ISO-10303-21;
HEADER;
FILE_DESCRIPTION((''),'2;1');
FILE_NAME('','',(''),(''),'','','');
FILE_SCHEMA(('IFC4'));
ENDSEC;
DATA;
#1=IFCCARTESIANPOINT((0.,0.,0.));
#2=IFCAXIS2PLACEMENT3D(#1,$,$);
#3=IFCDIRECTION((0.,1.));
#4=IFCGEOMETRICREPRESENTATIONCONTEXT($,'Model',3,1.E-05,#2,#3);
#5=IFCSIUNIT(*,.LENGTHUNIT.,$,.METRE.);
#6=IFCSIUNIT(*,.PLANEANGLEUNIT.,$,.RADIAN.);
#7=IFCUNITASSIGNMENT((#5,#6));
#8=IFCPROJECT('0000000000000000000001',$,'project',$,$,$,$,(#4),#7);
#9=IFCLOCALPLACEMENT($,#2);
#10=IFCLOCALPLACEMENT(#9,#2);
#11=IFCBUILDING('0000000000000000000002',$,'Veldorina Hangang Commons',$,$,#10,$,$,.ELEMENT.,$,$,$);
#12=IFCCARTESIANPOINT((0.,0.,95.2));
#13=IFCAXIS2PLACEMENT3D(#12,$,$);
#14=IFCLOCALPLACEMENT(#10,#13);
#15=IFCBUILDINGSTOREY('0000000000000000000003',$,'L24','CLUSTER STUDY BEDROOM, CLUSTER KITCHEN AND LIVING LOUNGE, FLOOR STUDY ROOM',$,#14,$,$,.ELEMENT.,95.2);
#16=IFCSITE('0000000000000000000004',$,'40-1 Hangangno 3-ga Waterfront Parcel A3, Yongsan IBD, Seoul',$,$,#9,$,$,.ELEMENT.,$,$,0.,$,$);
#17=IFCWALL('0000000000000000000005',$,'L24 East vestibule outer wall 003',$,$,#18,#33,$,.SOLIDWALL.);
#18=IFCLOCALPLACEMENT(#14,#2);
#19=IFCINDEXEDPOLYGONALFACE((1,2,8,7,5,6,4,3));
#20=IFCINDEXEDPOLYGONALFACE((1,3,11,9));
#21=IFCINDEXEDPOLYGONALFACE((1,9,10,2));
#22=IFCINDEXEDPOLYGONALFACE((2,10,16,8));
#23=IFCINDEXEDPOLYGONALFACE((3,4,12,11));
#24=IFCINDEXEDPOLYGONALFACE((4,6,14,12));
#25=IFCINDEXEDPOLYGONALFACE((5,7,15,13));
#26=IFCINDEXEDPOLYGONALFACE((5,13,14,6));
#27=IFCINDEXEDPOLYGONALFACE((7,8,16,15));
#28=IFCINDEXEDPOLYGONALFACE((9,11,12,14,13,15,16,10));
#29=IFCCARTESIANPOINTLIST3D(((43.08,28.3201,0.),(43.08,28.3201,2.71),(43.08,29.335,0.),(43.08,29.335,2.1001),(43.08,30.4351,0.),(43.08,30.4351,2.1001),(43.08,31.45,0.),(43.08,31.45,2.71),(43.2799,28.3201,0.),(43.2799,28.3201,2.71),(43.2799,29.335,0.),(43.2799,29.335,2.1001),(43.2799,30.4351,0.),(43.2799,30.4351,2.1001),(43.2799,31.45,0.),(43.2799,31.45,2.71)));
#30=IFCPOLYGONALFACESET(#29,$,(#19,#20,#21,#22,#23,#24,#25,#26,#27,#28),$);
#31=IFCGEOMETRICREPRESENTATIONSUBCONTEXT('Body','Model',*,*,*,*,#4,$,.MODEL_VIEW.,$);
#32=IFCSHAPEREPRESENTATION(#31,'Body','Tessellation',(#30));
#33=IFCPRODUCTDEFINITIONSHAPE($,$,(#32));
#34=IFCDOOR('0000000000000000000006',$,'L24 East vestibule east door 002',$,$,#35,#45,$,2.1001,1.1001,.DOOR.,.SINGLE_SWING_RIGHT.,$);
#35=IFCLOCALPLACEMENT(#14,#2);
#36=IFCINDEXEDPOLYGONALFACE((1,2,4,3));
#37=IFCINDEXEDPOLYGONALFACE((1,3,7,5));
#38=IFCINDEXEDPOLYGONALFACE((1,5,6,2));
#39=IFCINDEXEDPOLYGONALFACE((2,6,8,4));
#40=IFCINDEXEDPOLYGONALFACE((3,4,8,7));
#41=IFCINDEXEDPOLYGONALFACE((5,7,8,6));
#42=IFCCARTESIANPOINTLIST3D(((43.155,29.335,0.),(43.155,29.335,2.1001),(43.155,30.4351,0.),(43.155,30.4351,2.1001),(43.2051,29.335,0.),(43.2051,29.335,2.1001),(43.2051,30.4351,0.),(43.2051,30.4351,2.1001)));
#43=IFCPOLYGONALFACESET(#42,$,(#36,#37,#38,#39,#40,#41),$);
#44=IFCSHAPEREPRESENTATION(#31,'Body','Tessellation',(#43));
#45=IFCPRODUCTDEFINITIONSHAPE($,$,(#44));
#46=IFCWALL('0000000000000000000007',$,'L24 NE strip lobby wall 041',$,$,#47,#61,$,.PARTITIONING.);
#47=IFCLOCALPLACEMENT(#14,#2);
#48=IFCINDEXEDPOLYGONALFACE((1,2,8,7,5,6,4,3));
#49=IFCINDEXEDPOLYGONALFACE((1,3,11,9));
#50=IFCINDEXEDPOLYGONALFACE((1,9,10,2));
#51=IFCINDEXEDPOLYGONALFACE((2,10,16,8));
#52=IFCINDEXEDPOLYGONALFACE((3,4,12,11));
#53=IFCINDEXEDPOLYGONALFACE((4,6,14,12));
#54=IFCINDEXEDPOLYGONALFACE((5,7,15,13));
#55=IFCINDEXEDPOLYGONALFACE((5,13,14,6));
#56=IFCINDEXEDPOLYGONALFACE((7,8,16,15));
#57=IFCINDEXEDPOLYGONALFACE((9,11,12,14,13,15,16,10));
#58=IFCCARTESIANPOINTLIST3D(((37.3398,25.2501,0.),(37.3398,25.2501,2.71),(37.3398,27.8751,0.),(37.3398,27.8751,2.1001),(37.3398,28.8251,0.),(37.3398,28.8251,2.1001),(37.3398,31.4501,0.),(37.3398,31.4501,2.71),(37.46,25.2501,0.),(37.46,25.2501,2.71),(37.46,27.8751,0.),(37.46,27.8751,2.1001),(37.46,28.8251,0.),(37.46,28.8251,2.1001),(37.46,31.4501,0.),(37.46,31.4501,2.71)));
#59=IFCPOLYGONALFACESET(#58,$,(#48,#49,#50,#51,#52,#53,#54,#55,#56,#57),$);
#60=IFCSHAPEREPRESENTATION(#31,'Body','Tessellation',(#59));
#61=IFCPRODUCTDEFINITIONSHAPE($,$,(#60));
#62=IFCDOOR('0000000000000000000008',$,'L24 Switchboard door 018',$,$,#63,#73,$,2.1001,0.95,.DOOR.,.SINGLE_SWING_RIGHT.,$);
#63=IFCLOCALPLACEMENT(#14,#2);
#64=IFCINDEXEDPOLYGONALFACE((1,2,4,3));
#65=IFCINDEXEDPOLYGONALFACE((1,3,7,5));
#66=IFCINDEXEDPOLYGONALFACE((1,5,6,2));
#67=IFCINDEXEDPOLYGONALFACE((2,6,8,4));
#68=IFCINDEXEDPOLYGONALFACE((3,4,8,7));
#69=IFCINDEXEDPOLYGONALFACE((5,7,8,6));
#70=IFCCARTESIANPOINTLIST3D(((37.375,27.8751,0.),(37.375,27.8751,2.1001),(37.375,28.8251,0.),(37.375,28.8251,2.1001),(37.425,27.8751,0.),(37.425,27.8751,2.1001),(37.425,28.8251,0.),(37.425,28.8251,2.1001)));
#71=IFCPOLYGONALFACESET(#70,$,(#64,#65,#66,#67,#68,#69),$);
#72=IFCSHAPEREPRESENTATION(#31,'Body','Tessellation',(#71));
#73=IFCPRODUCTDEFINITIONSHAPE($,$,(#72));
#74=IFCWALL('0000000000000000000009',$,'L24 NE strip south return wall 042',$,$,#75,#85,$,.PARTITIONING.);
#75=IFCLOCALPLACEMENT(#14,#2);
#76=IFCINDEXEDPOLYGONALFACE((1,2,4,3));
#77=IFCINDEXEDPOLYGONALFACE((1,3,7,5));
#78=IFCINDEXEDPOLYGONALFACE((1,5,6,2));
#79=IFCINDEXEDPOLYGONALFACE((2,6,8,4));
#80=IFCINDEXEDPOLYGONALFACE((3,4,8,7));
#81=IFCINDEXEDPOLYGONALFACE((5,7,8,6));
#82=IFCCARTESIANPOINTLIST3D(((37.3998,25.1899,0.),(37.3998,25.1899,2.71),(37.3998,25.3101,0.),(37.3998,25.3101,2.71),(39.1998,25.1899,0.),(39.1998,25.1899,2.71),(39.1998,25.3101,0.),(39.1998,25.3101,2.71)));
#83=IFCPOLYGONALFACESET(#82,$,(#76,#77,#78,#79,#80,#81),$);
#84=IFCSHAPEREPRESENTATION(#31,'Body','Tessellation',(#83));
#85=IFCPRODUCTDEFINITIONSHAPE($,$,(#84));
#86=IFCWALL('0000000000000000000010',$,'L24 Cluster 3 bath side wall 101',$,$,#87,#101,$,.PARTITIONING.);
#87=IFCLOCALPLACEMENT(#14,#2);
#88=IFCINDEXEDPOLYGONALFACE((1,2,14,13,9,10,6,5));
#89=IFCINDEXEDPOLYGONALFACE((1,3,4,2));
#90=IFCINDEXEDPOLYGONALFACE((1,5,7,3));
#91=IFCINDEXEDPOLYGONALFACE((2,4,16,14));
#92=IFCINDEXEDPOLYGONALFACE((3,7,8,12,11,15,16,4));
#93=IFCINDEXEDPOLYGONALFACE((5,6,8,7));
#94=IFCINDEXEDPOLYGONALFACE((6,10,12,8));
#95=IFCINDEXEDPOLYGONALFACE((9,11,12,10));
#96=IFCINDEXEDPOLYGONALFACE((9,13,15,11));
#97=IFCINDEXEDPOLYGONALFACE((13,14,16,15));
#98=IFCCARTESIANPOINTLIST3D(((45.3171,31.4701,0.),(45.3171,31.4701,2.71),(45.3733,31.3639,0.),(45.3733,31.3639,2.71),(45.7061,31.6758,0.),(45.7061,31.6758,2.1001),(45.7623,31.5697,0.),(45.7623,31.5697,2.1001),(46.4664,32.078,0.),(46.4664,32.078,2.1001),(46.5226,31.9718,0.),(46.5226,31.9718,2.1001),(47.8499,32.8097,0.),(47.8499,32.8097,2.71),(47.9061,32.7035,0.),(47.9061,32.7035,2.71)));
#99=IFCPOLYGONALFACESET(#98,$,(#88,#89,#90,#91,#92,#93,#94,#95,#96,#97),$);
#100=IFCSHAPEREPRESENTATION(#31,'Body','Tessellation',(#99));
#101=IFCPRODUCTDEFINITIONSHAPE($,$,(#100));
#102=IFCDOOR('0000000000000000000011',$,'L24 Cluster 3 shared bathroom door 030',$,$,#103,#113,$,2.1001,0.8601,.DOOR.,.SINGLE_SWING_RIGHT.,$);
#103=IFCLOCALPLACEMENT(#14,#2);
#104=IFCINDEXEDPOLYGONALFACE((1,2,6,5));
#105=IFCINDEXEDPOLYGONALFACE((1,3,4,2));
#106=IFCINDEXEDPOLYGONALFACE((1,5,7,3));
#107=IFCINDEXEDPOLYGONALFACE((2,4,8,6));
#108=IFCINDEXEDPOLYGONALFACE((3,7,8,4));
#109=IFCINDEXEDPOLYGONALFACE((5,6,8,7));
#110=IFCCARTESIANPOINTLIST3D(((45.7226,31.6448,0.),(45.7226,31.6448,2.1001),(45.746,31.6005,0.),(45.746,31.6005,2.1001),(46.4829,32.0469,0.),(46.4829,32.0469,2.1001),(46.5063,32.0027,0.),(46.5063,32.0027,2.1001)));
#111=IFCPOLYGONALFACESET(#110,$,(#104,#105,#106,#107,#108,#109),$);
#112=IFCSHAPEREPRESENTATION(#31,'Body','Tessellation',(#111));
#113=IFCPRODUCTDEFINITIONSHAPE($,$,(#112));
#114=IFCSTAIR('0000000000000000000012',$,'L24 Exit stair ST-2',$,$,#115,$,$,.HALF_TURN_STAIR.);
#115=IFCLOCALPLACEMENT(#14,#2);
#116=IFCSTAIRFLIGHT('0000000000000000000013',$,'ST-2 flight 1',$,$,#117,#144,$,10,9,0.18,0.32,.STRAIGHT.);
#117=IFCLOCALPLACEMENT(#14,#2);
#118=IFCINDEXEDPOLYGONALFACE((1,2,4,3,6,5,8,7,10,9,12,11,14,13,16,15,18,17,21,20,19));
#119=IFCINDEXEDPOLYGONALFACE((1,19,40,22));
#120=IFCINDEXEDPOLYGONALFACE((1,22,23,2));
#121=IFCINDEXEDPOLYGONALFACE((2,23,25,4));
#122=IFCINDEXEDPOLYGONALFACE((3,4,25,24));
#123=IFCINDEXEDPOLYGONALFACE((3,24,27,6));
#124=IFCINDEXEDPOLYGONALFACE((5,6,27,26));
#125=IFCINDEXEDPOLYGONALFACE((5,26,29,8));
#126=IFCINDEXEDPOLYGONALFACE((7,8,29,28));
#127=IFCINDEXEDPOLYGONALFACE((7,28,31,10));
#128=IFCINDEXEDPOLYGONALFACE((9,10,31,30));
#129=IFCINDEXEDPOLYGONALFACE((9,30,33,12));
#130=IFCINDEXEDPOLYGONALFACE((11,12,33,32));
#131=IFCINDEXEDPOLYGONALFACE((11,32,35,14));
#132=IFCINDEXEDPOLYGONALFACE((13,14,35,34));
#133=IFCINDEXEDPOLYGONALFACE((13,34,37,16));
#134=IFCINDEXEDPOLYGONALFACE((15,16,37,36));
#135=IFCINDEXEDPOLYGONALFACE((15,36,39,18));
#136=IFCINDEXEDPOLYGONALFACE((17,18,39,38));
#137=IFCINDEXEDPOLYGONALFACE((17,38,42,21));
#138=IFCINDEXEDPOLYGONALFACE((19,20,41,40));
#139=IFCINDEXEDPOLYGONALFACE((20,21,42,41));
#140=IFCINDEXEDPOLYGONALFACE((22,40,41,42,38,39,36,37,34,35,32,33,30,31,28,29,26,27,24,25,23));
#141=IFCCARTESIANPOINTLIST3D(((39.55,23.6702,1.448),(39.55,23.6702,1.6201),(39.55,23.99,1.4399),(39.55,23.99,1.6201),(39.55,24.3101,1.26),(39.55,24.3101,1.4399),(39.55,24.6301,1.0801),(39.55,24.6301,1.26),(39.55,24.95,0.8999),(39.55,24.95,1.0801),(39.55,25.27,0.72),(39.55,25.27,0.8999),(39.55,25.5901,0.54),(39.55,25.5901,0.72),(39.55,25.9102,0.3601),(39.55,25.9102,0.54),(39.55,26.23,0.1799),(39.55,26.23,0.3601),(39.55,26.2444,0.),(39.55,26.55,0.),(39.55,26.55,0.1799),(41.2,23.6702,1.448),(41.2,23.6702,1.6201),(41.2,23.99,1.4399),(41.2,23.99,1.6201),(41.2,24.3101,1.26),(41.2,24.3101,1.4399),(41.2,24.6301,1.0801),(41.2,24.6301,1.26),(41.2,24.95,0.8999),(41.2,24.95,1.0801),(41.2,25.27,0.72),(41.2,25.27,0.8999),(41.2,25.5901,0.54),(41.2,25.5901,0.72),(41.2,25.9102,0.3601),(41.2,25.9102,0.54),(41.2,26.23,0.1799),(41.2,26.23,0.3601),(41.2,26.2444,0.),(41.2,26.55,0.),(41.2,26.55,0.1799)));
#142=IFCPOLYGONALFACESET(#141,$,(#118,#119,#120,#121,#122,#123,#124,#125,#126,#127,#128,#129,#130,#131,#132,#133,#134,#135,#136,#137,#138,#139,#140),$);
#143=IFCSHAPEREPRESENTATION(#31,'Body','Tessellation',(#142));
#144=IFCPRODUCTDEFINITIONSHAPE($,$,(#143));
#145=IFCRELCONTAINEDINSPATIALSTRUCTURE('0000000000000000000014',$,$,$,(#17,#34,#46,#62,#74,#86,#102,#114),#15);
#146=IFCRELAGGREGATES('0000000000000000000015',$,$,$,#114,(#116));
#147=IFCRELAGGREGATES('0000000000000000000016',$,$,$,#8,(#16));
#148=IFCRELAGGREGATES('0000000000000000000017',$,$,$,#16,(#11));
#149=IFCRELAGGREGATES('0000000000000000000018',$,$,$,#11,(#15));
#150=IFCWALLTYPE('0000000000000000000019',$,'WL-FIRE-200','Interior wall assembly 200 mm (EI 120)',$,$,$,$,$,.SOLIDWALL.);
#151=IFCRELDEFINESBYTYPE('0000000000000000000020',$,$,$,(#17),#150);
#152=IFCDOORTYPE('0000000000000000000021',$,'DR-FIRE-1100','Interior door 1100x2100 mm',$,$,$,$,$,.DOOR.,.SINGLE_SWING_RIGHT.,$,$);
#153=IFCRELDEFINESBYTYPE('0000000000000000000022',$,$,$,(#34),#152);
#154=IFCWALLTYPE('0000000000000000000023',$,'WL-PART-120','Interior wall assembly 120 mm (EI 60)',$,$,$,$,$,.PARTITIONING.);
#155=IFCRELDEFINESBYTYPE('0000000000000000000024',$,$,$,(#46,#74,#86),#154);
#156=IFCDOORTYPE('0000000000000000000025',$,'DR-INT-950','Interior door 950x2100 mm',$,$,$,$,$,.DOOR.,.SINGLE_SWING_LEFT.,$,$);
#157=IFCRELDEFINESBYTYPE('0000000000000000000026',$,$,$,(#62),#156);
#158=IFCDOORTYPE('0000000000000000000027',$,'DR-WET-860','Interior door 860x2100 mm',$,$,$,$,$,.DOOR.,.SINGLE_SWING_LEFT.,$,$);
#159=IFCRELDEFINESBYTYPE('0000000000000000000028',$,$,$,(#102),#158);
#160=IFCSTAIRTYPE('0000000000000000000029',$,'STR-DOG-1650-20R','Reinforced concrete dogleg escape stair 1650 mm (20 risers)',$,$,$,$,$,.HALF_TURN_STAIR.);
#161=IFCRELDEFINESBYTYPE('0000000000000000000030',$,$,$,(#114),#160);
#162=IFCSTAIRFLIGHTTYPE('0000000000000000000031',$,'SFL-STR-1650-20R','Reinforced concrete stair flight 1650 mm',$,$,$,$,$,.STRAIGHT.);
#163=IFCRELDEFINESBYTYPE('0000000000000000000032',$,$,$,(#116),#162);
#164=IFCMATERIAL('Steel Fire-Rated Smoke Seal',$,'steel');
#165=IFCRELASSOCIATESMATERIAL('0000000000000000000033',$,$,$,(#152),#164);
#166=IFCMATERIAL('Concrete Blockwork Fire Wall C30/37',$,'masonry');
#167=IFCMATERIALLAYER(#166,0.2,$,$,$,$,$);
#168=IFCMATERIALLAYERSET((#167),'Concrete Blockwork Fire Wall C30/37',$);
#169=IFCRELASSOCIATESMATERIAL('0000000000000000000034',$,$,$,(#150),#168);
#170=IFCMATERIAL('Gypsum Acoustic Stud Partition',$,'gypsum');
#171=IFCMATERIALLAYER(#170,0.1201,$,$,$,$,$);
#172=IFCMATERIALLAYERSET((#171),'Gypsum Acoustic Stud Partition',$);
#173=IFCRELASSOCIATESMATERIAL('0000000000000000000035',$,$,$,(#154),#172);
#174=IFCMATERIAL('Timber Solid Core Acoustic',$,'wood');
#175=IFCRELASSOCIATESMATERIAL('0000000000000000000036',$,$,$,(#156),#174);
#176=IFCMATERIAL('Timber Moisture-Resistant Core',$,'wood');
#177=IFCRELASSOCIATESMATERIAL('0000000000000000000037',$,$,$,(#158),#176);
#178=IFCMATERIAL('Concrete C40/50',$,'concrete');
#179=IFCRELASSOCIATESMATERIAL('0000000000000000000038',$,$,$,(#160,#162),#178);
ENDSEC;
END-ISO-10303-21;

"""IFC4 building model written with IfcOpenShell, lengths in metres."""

from ifc_helpers import new_model, si_unit, direction, frame, frame_2d, origin, place, context, subcontext, project, spatial, polyline, rectangle, outline, extrude, material, layer, layer_set, type_object, element, fill, aggregate, save


model = new_model("IFC4")

# Units and contexts
model_context = context("Model", 3, precision=1e-05, world=origin(), true_north=direction((0.0, 1.0)))
body_context = subcontext(model_context, "Body", "Model", "MODEL_VIEW")
ifc_project = project(units=[si_unit("LENGTHUNIT", "METRE"), si_unit("PLANEANGLEUNIT", "RADIAN")], contexts=[model_context])

# Site, building, storey
site_placement = place(None, origin())
site = spatial("IfcSite", under=ifc_project, at=site_placement, Name="40-1 Hangangno 3-ga Waterfront Parcel A3, Yongsan IBD, Seoul", CompositionType="ELEMENT", RefElevation=0.0)
building_placement = place(site_placement, origin())
building = spatial("IfcBuilding", under=site, at=building_placement, Name="Veldorina Hangang Commons", CompositionType="ELEMENT")
storey_placement = place(building_placement, frame((0.0, 0.0, 95.2)))
storey = spatial("IfcBuildingStorey", under=building, at=storey_placement, Name="L24", Description="CLUSTER STUDY BEDROOM, CLUSTER KITCHEN AND LIVING LOUNGE, FLOOR STUDY ROOM", CompositionType="ELEMENT", Elevation=95.2)

# Shared definitions
ifc_material_1 = material(Name="Steel Fire-Rated Smoke Seal", Category="steel")
door_type_1 = type_object("IfcDoorType", Name="DR-FIRE-1100", Description="Interior door 1100x2100 mm", OperationType="SINGLE_SWING_RIGHT", PredefinedType="DOOR", material=ifc_material_1)

# Walls, openings, doors
ifc_material_2 = material(Name="Concrete Blockwork Fire Wall C30/37", Category="masonry")
ifc_layer_1 = layer(ifc_material_2, 0.2)
ifc_layer_set_1 = layer_set([ifc_layer_1], Name="Concrete Blockwork Fire Wall C30/37")
wall_type_1 = type_object("IfcWallType", Name="WL-FIRE-200", Description="Interior wall assembly 200 mm (EI 120)", PredefinedType="SOLIDWALL", material=ifc_layer_set_1)
wall_1_placement = place(storey_placement, frame((43.1799, 28.3201, 0.0), z_axis=(0.0, 0.0, 1.0), x_axis=(0.0, 1.0, 0.0)))
wall_1 = element("IfcWall", 1, at=wall_1_placement, inside=storey, type_object=wall_type_1, Name="L24 East vestibule outer wall 003", PredefinedType="SOLIDWALL", context=body_context, shape_type="SweptSolid", body=[
    extrude(rectangle(XDim=3.1299, YDim=0.2, at=frame_2d((1.5649, 0.0))), origin(), (0.0, 0.0, 1.0), 2.71),
])
opening_1_placement = place(wall_1_placement, frame((1.0149, 0.0, 0.0)))
opening_1 = element("IfcOpeningElement", 2, at=opening_1_placement, cuts=wall_1, PredefinedType="OPENING", context=body_context, shape_type="SweptSolid", body=[
    extrude(rectangle(XDim=1.1001, YDim=2.1001, at=frame_2d((0.55, 1.05))), frame((0.0, 0.1099, 0.0), z_axis=(0.0, -1.0, 0.0), x_axis=(1.0, 0.0, 0.0)), (0.0, 0.0, 1.0), 0.22),
])
door_1_placement = place(opening_1_placement, origin())
door_1 = element("IfcDoor", 3, at=door_1_placement, inside=storey, type_object=door_type_1, Name="L24 East vestibule east door 002", OperationType="SINGLE_SWING_RIGHT", OverallHeight=2.1001, OverallWidth=1.1001, PredefinedType="DOOR", context=body_context, shape_type="SweptSolid", body=[
    extrude(rectangle(XDim=1.1001, YDim=2.1001, at=frame_2d((0.55, 1.05))), frame((0.0, 0.0249, 0.0), z_axis=(0.0, -1.0, 0.0), x_axis=(1.0, 0.0, 0.0)), (0.0, 0.0, 1.0), 0.05),
])
fill(opening_1, door_1)
ifc_material_3 = material(Name="Gypsum Acoustic Stud Partition", Category="gypsum")
ifc_layer_2 = layer(ifc_material_3, 0.1201)
ifc_layer_set_2 = layer_set([ifc_layer_2], Name="Gypsum Acoustic Stud Partition")
wall_type_2 = type_object("IfcWallType", Name="WL-PART-120", Description="Interior wall assembly 120 mm (EI 60)", PredefinedType="PARTITIONING", material=ifc_layer_set_2)
wall_2_placement = place(storey_placement, frame((37.3999, 25.25, 0.0), z_axis=(0.0, 0.0, 1.0), x_axis=(0.0, 1.0, 0.0)))
wall_2 = element("IfcWall", 4, at=wall_2_placement, inside=storey, type_object=wall_type_2, Name="L24 NE strip lobby wall 041", PredefinedType="PARTITIONING", context=body_context, shape_type="SweptSolid", body=[
    extrude(rectangle(XDim=6.2, YDim=0.1201, at=frame_2d((3.1001, 0.0))), origin(), (0.0, 0.0, 1.0), 2.71),
])
opening_2_placement = place(wall_2_placement, frame((2.625, 0.0, 0.0)))
opening_2 = element("IfcOpeningElement", 5, at=opening_2_placement, cuts=wall_2, PredefinedType="OPENING", context=body_context, shape_type="SweptSolid", body=[
    extrude(rectangle(XDim=0.95, YDim=2.1001, at=frame_2d((0.4751, 1.05))), frame((0.0, 0.0701, 0.0), z_axis=(0.0, -1.0, 0.0), x_axis=(1.0, 0.0, 0.0)), (0.0, 0.0, 1.0), 0.1401),
])
ifc_material_4 = material(Name="Timber Solid Core Acoustic", Category="wood")
door_type_2 = type_object("IfcDoorType", Name="DR-INT-950", Description="Interior door 950x2100 mm", OperationType="SINGLE_SWING_LEFT", PredefinedType="DOOR", material=ifc_material_4)
door_2_placement = place(opening_2_placement, origin())
door_2 = element("IfcDoor", 6, at=door_2_placement, inside=storey, type_object=door_type_2, Name="L24 Switchboard door 018", OperationType="SINGLE_SWING_RIGHT", OverallHeight=2.1001, OverallWidth=0.95, PredefinedType="DOOR", context=body_context, shape_type="SweptSolid", body=[
    extrude(rectangle(XDim=0.95, YDim=2.1001, at=frame_2d((0.4751, 1.05))), frame((0.0, 0.0249, 0.0), z_axis=(0.0, -1.0, 0.0), x_axis=(1.0, 0.0, 0.0)), (0.0, 0.0, 1.0), 0.05),
])
fill(opening_2, door_2)

# Wall
wall_3_placement = place(storey_placement, frame((37.3999, 25.25, 0.0), z_axis=(0.0, 0.0, 1.0), x_axis=(1.0, 0.0, 0.0)))
element("IfcWall", 7, at=wall_3_placement, inside=storey, type_object=wall_type_2, Name="L24 NE strip south return wall 042", PredefinedType="PARTITIONING", context=body_context, shape_type="SweptSolid", body=[
    extrude(rectangle(XDim=1.8, YDim=0.1201, at=frame_2d((0.8999, 0.0))), origin(), (0.0, 0.0, 1.0), 2.71),
])

# Wall, opening, door
wall_4_placement = place(storey_placement, frame((45.3452, 31.417, 0.0), z_axis=(0.0, 0.0, 1.0), x_axis=(0.883968, 0.467547, 0.0)))
wall_4 = element("IfcWall", 8, at=wall_4_placement, inside=storey, type_object=wall_type_2, Name="L24 Cluster 3 bath side wall 101", PredefinedType="PARTITIONING", context=body_context, shape_type="SweptSolid", body=[
    extrude(rectangle(XDim=2.8652, YDim=0.1201, at=frame_2d((1.4326, 0.0))), origin(), (0.0, 0.0, 1.0), 2.71),
])
opening_3_placement = place(wall_4_placement, frame((0.4399, 0.0, 0.0)))
opening_3 = element("IfcOpeningElement", 9, at=opening_3_placement, cuts=wall_4, PredefinedType="OPENING", context=body_context, shape_type="SweptSolid", body=[
    extrude(rectangle(XDim=0.8601, YDim=2.1001, at=frame_2d((0.4302, 1.05))), frame((0.0, 0.0701, 0.0), z_axis=(0.0, -1.0, 0.0), x_axis=(1.0, 0.0, 0.0)), (0.0, 0.0, 1.0), 0.1401),
])
ifc_material_5 = material(Name="Timber Moisture-Resistant Core", Category="wood")
door_type_3 = type_object("IfcDoorType", Name="DR-WET-860", Description="Interior door 860x2100 mm", OperationType="SINGLE_SWING_LEFT", PredefinedType="DOOR", material=ifc_material_5)
door_3_placement = place(opening_3_placement, origin())
door_3 = element("IfcDoor", 10, at=door_3_placement, inside=storey, type_object=door_type_3, Name="L24 Cluster 3 shared bathroom door 030", OperationType="SINGLE_SWING_RIGHT", OverallHeight=2.1001, OverallWidth=0.8601, PredefinedType="DOOR", context=body_context, shape_type="SweptSolid", body=[
    extrude(rectangle(XDim=0.8601, YDim=2.1001, at=frame_2d((0.4302, 1.05))), frame((0.0, 0.0249, 0.0), z_axis=(0.0, -1.0, 0.0), x_axis=(1.0, 0.0, 0.0)), (0.0, 0.0, 1.0), 0.05),
])
fill(opening_3, door_3)

# Stair, stair flight
ifc_material_6 = material(Name="Concrete C40/50", Category="concrete")
stair_type = type_object("IfcStairType", Name="STR-DOG-1650-20R", Description="Reinforced concrete dogleg escape stair 1650 mm (20 risers)", PredefinedType="HALF_TURN_STAIR", material=ifc_material_6)
stair_placement = place(storey_placement, origin())
stair = element("IfcStair", 11, at=stair_placement, inside=storey, type_object=stair_type, Name="L24 Exit stair ST-2", PredefinedType="HALF_TURN_STAIR")
stair_flight_type = type_object("IfcStairFlightType", Name="SFL-STR-1650-20R", Description="Reinforced concrete stair flight 1650 mm", PredefinedType="STRAIGHT", material=ifc_material_6)
stair_flight_1_placement = place(storey_placement, frame((40.375, 26.55, 0.0), z_axis=(0.0, 0.0, 1.0), x_axis=(0.0, -1.0, 0.0)))
stair_flight_1 = element("IfcStairFlight", 12, at=stair_flight_1_placement, type_object=stair_flight_type, Name="ST-2 flight 1", NumberOfRisers=10, NumberOfTreads=9, PredefinedType="STRAIGHT", RiserHeight=0.18, TreadLength=0.32, context=body_context, shape_type="SweptSolid", body=[
    extrude(outline(polyline([(0.0, 0.0), (0.0, 0.1799), (0.3201, 0.1799), (0.3201, 0.3601), (0.6399, 0.3601), (0.6399, 0.54), (0.96, 0.54), (0.96, 0.72), (1.28, 0.72), (1.28, 0.8999), (1.6001, 0.8999), (1.6001, 1.0801), (1.9199, 1.0801), (1.9199, 1.26), (2.24, 1.26), (2.24, 1.4399), (2.5601, 1.4399), (2.5601, 1.6201), (2.8799, 1.6201), (2.8799, 1.8), (2.8799, 1.448), (0.3057, 0.0), (0.0, 0.0)])), frame((0.0, 0.825, 0.0), z_axis=(0.0, -1.0, 0.0), x_axis=(1.0, 0.0, 0.0)), (0.0, 0.0, 1.0), 1.6499),
])
aggregate(stair, [stair_flight_1])

save(model, "model.ifc")
